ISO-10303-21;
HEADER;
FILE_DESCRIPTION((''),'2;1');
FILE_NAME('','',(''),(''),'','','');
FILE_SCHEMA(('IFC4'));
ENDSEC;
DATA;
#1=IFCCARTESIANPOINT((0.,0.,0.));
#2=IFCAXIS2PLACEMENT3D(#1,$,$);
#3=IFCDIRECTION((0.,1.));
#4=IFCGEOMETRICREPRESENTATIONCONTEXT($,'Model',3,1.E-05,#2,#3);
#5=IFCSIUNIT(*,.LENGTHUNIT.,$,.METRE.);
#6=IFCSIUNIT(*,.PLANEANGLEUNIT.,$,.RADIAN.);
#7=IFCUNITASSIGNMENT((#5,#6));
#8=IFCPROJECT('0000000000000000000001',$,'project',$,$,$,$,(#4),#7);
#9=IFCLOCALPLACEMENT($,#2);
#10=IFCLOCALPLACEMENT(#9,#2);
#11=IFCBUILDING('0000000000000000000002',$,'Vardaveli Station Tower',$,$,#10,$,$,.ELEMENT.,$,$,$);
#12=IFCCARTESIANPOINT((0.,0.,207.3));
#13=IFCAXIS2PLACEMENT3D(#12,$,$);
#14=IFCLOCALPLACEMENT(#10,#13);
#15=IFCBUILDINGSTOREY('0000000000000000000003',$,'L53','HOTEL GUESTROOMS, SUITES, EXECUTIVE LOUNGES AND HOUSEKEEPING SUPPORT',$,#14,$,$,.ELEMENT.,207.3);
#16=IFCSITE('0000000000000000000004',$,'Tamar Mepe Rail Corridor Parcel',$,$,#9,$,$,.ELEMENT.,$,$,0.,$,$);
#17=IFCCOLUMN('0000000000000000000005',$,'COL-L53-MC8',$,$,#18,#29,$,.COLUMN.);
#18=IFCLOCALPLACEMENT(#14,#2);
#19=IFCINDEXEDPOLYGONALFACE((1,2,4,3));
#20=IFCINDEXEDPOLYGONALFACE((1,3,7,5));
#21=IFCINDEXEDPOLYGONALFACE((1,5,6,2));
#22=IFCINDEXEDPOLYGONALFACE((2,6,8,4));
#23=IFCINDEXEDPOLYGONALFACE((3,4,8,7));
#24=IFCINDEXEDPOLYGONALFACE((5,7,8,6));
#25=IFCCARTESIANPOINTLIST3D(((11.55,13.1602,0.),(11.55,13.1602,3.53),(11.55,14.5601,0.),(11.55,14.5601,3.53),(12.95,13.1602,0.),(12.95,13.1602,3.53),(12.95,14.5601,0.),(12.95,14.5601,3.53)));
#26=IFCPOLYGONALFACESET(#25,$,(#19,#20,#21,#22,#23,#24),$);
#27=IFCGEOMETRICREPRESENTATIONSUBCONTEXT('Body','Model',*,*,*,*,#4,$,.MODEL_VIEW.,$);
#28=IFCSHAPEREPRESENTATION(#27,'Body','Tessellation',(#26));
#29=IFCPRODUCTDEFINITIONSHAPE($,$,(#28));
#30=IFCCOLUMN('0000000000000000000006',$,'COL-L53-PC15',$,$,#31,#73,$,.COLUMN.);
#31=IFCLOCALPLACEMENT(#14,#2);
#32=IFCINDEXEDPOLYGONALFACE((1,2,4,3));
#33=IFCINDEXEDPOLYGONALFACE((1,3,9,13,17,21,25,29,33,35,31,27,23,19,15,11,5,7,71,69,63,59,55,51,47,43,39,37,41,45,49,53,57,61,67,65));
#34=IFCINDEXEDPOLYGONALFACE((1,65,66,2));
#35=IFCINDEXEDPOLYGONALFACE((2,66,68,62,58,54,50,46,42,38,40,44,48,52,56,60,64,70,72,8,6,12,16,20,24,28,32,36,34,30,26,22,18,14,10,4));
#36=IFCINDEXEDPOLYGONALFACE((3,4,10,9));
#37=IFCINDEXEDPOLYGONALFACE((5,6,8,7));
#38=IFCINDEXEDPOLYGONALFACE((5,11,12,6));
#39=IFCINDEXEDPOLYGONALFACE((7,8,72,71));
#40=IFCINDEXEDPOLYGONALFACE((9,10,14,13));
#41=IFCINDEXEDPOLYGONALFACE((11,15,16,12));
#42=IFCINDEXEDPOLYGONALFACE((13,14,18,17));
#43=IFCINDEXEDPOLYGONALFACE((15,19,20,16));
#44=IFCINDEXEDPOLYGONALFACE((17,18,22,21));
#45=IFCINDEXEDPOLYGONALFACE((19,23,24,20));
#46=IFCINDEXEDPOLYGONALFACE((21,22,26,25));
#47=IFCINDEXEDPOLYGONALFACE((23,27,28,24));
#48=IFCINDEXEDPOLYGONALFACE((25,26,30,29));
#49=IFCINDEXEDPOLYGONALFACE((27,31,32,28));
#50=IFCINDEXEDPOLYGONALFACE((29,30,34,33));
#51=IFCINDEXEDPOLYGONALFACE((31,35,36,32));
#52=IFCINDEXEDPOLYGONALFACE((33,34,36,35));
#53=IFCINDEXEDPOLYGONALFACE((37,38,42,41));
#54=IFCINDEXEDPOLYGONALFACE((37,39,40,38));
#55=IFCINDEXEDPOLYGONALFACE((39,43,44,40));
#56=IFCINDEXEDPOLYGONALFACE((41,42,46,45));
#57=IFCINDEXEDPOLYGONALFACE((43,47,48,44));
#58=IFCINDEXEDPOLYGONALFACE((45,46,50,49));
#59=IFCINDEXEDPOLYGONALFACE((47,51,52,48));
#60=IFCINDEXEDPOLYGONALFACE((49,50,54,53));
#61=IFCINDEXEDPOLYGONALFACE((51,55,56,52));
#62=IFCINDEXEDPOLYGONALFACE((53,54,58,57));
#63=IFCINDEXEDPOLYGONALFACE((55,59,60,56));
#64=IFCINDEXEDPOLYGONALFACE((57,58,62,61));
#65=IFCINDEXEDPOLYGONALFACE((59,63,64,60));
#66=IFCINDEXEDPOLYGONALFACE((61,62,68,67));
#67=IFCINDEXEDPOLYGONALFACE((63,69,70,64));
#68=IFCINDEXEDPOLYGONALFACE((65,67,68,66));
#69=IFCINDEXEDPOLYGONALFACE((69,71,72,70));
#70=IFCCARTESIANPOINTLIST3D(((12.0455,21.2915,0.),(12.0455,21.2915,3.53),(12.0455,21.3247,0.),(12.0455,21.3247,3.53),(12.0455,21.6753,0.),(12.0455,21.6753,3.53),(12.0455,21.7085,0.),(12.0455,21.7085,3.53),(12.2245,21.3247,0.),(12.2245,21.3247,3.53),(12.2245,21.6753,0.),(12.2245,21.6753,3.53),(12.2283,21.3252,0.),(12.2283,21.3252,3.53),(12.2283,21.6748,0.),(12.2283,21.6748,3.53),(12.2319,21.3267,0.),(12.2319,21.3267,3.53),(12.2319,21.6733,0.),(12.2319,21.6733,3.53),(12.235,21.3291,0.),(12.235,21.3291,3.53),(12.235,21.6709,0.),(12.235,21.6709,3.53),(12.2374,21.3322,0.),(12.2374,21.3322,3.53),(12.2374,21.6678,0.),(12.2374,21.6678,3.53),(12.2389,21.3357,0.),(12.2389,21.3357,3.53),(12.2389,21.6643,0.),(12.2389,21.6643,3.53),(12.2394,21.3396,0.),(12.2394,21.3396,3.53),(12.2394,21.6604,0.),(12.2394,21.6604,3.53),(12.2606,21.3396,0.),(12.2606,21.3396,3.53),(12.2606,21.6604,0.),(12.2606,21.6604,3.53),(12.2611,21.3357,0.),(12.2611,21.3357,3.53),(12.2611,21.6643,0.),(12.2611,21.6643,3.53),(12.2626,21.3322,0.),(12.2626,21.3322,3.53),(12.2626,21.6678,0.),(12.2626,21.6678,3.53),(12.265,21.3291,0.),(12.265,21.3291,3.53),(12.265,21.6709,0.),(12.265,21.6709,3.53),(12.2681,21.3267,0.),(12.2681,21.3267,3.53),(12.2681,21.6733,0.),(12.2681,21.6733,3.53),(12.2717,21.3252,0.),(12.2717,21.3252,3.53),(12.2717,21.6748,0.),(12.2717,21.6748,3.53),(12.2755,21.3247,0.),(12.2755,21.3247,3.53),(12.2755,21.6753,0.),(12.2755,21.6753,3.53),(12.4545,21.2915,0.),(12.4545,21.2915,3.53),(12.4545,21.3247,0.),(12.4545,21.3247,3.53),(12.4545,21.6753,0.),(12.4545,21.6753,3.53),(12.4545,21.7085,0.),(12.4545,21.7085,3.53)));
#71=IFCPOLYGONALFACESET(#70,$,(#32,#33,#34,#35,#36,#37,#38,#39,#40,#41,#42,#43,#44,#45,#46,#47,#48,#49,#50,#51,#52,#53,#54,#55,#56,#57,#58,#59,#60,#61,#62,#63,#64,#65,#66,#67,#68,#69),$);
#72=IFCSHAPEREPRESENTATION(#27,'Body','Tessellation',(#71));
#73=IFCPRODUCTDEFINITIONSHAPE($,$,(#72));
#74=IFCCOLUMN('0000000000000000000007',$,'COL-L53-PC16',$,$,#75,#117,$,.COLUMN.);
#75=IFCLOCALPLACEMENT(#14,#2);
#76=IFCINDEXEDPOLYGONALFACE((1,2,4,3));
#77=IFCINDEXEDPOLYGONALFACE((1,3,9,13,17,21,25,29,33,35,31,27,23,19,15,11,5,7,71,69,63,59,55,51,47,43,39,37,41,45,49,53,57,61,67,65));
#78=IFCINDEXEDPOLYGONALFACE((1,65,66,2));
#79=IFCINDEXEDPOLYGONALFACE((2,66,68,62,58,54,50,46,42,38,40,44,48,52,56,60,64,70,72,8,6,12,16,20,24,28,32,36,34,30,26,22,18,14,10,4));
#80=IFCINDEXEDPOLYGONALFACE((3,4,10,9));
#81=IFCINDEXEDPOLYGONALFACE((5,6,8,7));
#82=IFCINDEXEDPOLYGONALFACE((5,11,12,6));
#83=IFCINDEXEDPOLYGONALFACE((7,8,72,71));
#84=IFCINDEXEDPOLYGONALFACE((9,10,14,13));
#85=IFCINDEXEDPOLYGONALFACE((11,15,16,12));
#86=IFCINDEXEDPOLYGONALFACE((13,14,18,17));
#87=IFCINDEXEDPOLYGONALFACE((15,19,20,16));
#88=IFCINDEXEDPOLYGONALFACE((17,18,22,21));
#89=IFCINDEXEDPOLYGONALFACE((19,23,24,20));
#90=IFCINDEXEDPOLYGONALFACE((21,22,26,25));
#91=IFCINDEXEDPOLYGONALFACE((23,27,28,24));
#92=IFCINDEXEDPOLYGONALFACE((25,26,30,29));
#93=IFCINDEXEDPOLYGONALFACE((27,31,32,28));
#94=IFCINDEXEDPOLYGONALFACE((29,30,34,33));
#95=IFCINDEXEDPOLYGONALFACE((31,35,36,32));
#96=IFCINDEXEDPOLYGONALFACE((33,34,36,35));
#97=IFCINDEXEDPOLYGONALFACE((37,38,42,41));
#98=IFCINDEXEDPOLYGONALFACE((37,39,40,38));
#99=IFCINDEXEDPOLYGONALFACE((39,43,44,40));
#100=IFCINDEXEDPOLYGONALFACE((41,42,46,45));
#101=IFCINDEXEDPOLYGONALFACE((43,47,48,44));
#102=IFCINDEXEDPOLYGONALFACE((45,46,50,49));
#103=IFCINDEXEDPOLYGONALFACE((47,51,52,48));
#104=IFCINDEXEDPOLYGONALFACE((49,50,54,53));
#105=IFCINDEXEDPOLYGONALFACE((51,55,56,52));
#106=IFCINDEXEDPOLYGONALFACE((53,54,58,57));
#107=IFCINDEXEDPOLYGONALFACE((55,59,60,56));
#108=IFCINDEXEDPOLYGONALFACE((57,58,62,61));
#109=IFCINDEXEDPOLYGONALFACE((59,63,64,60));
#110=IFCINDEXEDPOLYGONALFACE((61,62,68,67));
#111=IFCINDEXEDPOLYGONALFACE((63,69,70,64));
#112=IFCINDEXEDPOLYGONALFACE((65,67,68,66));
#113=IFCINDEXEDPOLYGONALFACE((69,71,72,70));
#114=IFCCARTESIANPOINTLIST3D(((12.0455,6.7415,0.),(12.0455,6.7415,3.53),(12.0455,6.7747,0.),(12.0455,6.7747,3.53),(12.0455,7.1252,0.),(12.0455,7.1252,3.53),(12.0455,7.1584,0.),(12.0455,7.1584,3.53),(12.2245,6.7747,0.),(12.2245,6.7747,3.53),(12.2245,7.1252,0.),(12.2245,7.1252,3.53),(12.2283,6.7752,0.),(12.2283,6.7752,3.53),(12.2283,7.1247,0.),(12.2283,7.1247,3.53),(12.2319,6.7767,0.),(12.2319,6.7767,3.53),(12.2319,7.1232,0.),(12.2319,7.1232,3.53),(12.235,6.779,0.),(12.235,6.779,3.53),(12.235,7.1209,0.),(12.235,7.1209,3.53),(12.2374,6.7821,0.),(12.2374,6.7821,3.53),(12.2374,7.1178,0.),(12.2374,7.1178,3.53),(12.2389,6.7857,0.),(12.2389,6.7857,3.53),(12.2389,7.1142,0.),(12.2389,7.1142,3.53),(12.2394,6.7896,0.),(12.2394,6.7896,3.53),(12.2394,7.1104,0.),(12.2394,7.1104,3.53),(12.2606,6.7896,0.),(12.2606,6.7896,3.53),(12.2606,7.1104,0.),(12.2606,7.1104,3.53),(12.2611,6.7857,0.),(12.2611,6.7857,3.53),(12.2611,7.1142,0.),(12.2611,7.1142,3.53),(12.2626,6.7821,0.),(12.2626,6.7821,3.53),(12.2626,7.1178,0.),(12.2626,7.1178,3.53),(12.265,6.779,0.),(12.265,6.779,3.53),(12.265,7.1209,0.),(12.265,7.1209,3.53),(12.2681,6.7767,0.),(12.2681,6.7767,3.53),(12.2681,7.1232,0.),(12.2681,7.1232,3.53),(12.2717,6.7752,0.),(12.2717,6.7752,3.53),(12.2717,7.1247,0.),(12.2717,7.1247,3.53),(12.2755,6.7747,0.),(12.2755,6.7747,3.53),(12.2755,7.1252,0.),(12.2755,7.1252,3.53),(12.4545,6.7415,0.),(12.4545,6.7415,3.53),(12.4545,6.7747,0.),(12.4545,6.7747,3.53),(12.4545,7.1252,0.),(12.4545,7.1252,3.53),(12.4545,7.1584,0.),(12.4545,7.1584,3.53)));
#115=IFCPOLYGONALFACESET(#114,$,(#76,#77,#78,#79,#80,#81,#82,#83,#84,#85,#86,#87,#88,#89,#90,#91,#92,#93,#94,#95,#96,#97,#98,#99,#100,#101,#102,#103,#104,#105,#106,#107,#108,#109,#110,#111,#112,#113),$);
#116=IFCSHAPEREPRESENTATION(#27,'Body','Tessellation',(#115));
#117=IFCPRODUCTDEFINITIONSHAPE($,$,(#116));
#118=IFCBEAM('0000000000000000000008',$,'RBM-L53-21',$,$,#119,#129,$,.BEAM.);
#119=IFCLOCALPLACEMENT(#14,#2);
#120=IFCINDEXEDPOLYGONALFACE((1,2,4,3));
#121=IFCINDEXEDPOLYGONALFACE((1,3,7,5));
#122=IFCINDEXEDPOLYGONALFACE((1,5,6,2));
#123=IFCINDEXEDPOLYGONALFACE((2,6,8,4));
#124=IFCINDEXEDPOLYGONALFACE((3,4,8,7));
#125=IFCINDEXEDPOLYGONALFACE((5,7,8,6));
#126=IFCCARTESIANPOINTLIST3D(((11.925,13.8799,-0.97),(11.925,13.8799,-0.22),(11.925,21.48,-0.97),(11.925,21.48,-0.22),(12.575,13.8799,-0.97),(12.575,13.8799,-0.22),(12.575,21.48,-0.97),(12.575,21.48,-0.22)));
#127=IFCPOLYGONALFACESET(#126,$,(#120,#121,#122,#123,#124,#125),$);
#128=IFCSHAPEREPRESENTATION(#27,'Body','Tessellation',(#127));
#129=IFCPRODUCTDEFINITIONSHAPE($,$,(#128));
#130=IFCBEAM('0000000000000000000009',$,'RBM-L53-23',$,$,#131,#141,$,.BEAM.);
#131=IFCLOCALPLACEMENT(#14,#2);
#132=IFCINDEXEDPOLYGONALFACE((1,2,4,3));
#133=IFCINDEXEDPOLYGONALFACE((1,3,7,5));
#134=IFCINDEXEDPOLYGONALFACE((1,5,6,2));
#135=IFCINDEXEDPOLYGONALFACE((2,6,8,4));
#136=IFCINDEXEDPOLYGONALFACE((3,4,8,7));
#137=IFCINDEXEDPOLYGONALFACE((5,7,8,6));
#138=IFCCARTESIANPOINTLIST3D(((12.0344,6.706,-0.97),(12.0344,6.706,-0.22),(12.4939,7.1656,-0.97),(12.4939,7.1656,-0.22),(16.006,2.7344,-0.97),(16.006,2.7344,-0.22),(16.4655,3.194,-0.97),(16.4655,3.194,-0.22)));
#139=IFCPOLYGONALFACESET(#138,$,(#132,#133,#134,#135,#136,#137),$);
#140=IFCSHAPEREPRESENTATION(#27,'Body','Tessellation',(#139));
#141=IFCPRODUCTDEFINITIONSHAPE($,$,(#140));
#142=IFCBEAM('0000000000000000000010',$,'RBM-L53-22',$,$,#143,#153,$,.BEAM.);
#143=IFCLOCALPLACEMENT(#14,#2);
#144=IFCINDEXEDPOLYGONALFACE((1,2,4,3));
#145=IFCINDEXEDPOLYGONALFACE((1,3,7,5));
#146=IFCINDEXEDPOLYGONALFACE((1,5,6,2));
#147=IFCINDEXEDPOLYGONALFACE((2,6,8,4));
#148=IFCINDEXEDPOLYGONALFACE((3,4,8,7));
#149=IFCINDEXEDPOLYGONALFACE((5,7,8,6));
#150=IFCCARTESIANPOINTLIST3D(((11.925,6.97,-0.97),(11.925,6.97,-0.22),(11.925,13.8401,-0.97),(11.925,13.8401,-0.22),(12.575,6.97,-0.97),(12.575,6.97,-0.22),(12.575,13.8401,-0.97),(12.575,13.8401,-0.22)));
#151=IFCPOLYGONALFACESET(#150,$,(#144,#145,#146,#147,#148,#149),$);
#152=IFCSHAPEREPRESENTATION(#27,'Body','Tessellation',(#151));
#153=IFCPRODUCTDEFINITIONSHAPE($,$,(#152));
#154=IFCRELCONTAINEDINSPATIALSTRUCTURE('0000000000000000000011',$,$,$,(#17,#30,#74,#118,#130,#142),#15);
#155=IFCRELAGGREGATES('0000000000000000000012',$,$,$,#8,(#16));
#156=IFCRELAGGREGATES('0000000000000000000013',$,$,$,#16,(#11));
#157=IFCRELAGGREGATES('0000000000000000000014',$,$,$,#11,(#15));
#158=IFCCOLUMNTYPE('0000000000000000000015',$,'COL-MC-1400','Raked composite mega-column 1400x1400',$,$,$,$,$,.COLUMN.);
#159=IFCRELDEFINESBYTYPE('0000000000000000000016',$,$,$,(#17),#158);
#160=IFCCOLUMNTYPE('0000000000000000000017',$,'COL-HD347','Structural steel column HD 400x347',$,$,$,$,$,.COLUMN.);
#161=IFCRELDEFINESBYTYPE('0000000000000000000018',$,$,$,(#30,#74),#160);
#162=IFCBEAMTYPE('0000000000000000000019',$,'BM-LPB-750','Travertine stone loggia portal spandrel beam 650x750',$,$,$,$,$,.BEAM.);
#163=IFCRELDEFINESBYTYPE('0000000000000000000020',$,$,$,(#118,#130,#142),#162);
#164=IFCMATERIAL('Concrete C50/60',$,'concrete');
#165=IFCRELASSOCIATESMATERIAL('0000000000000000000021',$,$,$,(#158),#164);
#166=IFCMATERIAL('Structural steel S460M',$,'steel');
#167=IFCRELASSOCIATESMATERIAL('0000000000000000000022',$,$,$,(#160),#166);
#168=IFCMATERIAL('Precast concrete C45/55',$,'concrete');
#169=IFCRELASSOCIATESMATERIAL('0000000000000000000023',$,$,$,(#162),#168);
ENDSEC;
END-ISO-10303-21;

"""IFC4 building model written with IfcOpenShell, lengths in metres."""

from ifc_helpers import new_model, si_unit, direction, frame, origin, origin_2d, place, context, subcontext, project, spatial, rectangle, i_section, extrude, source, transform, mapped, material, material_profile, profile_set, type_object, element, save


model = new_model("IFC4")

# Units and contexts
model_context = context("Model", 3, precision=1e-05, world=origin(), true_north=direction((0.0, 1.0)))
body_context = subcontext(model_context, "Body", "Model", "MODEL_VIEW")
ifc_project = project(units=[si_unit("LENGTHUNIT", "METRE"), si_unit("PLANEANGLEUNIT", "RADIAN")], contexts=[model_context])

# Site, building, storey
site_placement = place(None, origin())
site = spatial("IfcSite", under=ifc_project, at=site_placement, Name="Tamar Mepe Rail Corridor Parcel", CompositionType="ELEMENT", RefElevation=0.0)
building_placement = place(site_placement, origin())
building = spatial("IfcBuilding", under=site, at=building_placement, Name="Vardaveli Station Tower", CompositionType="ELEMENT")
storey_placement = place(building_placement, frame((0.0, 0.0, 207.3)))
storey = spatial("IfcBuildingStorey", under=building, at=storey_placement, Name="L53", Description="HOTEL GUESTROOMS, SUITES, EXECUTIVE LOUNGES AND HOUSEKEEPING SUPPORT", CompositionType="ELEMENT", Elevation=207.3)

# Columns
ifc_material_1 = material(Name="Concrete C50/60", Category="concrete")
ifc_material_profile_1 = material_profile(ifc_material_1, rectangle(XDim=1.3999, YDim=1.3999, at=origin_2d()), Name="MC 1400x1400")
ifc_profile_set_1 = profile_set([ifc_material_profile_1], Name="Concrete C50/60")
column_type_1 = type_object("IfcColumnType", Name="COL-MC-1400", Description="Raked composite mega-column 1400x1400", PredefinedType="COLUMN", material=ifc_profile_set_1)
shared_shape_1 = source(origin(), body_context, "Body", "SweptSolid", [
    extrude(rectangle(XDim=1.3999, YDim=1.3999, at=origin_2d()), origin(), (0.0, 0.0, 1.0), 3.53),
])
column_placement = place(storey_placement, frame((12.25, 13.8601, 0.0), z_axis=(0.0, 0.0, 1.0), x_axis=(1.0, 0.0, 0.0)))
element("IfcColumn", 1, at=column_placement, inside=storey, type_object=column_type_1, Name="COL-L53-MC8", PredefinedType="COLUMN", context=body_context, shape_type="MappedRepresentation", body=[
    mapped(shared_shape_1, transform((0.0, 0.0, 0.0), scale=1.0)),
])
ifc_material_2 = material(Name="Structural steel S460M", Category="steel")
ifc_material_profile_2 = material_profile(ifc_material_2, i_section(OverallWidth=0.4089, OverallDepth=0.417, WebThickness=0.0212, FlangeThickness=0.0332, FilletRadius=0.0149, at=origin_2d()), Name="HD 400x347")
ifc_profile_set_2 = profile_set([ifc_material_profile_2], Name="Structural steel S460M")
column_type_2 = type_object("IfcColumnType", Name="COL-HD347", Description="Structural steel column HD 400x347", PredefinedType="COLUMN", material=ifc_profile_set_2)
shared_shape_2 = source(origin(), body_context, "Body", "SweptSolid", [
    extrude(i_section(OverallWidth=0.4089, OverallDepth=0.417, WebThickness=0.0212, FlangeThickness=0.0332, FilletRadius=0.0149, at=origin_2d()), origin(), (0.0, 0.0, 1.0), 3.53),
])
for number, where, z_axis, x_axis, name in (
    (2, (12.25, 21.5, 0.0), (0.0, 0.0, 1.0), (1.0, 0.0, 0.0), "COL-L53-PC15"),
    (3, (12.25, 6.95, 0.0), (0.0, 0.0, 1.0), (1.0, 0.0, 0.0), "COL-L53-PC16"),
):
    element("IfcColumn", number, at=place(storey_placement, frame(where, z_axis=z_axis, x_axis=x_axis)), inside=storey, type_object=column_type_2, Name=name, PredefinedType="COLUMN", context=body_context, shape_type="MappedRepresentation", body=[
        mapped(shared_shape_2, transform((0.0, 0.0, 0.0), scale=1.0)),
    ])

# Beams
ifc_material_3 = material(Name="Precast concrete C45/55", Category="concrete")
ifc_material_profile_3 = material_profile(ifc_material_3, rectangle(XDim=0.6499, YDim=0.75, at=origin_2d()), Name="LPB 650x750")
ifc_profile_set_3 = profile_set([ifc_material_profile_3], Name="Precast concrete C45/55")
beam_type_1 = type_object("IfcBeamType", Name="BM-LPB-750", Description="Travertine stone loggia portal spandrel beam 650x750", PredefinedType="BEAM", material=ifc_profile_set_3)
shared_shape_3 = source(origin(), body_context, "Body", "SweptSolid", [
    extrude(rectangle(XDim=0.6499, YDim=0.75, at=origin_2d()), origin(), (0.0, 0.0, 1.0), 7.6001),
])
beam_1_placement = place(storey_placement, frame((12.25, 21.48, -0.595), z_axis=(0.0, -1.0, 0.0), x_axis=(1.0, 0.0, 0.0)))
element("IfcBeam", 4, at=beam_1_placement, inside=storey, type_object=beam_type_1, Name="RBM-L53-21", PredefinedType="BEAM", context=body_context, shape_type="MappedRepresentation", body=[
    mapped(shared_shape_3, transform((0.0, 0.0, 0.0), scale=1.0)),
])
shared_shape_4 = source(origin(), body_context, "Body", "SweptSolid", [
    extrude(rectangle(XDim=0.6499, YDim=0.75, at=origin_2d()), origin(), (0.0, 0.0, 1.0), 5.6167),
])
beam_2_placement = place(storey_placement, frame((12.2642, 6.9358, -0.595), z_axis=(0.707107, -0.707107, 0.0), x_axis=(0.707107, 0.707107, 0.0)))
element("IfcBeam", 5, at=beam_2_placement, inside=storey, type_object=beam_type_1, Name="RBM-L53-23", PredefinedType="BEAM", context=body_context, shape_type="MappedRepresentation", body=[
    mapped(shared_shape_4, transform((0.0, 0.0, 0.0), scale=1.0)),
])
shared_shape_5 = source(origin(), body_context, "Body", "SweptSolid", [
    extrude(rectangle(XDim=0.6499, YDim=0.75, at=origin_2d()), origin(), (0.0, 0.0, 1.0), 6.8701),
])
beam_3_placement = place(storey_placement, frame((12.25, 13.8401, -0.595), z_axis=(0.0, -1.0, 0.0), x_axis=(1.0, 0.0, 0.0)))
element("IfcBeam", 6, at=beam_3_placement, inside=storey, type_object=beam_type_1, Name="RBM-L53-22", PredefinedType="BEAM", context=body_context, shape_type="MappedRepresentation", body=[
    mapped(shared_shape_5, transform((0.0, 0.0, 0.0), scale=1.0)),
])

save(model, "model.ifc")
